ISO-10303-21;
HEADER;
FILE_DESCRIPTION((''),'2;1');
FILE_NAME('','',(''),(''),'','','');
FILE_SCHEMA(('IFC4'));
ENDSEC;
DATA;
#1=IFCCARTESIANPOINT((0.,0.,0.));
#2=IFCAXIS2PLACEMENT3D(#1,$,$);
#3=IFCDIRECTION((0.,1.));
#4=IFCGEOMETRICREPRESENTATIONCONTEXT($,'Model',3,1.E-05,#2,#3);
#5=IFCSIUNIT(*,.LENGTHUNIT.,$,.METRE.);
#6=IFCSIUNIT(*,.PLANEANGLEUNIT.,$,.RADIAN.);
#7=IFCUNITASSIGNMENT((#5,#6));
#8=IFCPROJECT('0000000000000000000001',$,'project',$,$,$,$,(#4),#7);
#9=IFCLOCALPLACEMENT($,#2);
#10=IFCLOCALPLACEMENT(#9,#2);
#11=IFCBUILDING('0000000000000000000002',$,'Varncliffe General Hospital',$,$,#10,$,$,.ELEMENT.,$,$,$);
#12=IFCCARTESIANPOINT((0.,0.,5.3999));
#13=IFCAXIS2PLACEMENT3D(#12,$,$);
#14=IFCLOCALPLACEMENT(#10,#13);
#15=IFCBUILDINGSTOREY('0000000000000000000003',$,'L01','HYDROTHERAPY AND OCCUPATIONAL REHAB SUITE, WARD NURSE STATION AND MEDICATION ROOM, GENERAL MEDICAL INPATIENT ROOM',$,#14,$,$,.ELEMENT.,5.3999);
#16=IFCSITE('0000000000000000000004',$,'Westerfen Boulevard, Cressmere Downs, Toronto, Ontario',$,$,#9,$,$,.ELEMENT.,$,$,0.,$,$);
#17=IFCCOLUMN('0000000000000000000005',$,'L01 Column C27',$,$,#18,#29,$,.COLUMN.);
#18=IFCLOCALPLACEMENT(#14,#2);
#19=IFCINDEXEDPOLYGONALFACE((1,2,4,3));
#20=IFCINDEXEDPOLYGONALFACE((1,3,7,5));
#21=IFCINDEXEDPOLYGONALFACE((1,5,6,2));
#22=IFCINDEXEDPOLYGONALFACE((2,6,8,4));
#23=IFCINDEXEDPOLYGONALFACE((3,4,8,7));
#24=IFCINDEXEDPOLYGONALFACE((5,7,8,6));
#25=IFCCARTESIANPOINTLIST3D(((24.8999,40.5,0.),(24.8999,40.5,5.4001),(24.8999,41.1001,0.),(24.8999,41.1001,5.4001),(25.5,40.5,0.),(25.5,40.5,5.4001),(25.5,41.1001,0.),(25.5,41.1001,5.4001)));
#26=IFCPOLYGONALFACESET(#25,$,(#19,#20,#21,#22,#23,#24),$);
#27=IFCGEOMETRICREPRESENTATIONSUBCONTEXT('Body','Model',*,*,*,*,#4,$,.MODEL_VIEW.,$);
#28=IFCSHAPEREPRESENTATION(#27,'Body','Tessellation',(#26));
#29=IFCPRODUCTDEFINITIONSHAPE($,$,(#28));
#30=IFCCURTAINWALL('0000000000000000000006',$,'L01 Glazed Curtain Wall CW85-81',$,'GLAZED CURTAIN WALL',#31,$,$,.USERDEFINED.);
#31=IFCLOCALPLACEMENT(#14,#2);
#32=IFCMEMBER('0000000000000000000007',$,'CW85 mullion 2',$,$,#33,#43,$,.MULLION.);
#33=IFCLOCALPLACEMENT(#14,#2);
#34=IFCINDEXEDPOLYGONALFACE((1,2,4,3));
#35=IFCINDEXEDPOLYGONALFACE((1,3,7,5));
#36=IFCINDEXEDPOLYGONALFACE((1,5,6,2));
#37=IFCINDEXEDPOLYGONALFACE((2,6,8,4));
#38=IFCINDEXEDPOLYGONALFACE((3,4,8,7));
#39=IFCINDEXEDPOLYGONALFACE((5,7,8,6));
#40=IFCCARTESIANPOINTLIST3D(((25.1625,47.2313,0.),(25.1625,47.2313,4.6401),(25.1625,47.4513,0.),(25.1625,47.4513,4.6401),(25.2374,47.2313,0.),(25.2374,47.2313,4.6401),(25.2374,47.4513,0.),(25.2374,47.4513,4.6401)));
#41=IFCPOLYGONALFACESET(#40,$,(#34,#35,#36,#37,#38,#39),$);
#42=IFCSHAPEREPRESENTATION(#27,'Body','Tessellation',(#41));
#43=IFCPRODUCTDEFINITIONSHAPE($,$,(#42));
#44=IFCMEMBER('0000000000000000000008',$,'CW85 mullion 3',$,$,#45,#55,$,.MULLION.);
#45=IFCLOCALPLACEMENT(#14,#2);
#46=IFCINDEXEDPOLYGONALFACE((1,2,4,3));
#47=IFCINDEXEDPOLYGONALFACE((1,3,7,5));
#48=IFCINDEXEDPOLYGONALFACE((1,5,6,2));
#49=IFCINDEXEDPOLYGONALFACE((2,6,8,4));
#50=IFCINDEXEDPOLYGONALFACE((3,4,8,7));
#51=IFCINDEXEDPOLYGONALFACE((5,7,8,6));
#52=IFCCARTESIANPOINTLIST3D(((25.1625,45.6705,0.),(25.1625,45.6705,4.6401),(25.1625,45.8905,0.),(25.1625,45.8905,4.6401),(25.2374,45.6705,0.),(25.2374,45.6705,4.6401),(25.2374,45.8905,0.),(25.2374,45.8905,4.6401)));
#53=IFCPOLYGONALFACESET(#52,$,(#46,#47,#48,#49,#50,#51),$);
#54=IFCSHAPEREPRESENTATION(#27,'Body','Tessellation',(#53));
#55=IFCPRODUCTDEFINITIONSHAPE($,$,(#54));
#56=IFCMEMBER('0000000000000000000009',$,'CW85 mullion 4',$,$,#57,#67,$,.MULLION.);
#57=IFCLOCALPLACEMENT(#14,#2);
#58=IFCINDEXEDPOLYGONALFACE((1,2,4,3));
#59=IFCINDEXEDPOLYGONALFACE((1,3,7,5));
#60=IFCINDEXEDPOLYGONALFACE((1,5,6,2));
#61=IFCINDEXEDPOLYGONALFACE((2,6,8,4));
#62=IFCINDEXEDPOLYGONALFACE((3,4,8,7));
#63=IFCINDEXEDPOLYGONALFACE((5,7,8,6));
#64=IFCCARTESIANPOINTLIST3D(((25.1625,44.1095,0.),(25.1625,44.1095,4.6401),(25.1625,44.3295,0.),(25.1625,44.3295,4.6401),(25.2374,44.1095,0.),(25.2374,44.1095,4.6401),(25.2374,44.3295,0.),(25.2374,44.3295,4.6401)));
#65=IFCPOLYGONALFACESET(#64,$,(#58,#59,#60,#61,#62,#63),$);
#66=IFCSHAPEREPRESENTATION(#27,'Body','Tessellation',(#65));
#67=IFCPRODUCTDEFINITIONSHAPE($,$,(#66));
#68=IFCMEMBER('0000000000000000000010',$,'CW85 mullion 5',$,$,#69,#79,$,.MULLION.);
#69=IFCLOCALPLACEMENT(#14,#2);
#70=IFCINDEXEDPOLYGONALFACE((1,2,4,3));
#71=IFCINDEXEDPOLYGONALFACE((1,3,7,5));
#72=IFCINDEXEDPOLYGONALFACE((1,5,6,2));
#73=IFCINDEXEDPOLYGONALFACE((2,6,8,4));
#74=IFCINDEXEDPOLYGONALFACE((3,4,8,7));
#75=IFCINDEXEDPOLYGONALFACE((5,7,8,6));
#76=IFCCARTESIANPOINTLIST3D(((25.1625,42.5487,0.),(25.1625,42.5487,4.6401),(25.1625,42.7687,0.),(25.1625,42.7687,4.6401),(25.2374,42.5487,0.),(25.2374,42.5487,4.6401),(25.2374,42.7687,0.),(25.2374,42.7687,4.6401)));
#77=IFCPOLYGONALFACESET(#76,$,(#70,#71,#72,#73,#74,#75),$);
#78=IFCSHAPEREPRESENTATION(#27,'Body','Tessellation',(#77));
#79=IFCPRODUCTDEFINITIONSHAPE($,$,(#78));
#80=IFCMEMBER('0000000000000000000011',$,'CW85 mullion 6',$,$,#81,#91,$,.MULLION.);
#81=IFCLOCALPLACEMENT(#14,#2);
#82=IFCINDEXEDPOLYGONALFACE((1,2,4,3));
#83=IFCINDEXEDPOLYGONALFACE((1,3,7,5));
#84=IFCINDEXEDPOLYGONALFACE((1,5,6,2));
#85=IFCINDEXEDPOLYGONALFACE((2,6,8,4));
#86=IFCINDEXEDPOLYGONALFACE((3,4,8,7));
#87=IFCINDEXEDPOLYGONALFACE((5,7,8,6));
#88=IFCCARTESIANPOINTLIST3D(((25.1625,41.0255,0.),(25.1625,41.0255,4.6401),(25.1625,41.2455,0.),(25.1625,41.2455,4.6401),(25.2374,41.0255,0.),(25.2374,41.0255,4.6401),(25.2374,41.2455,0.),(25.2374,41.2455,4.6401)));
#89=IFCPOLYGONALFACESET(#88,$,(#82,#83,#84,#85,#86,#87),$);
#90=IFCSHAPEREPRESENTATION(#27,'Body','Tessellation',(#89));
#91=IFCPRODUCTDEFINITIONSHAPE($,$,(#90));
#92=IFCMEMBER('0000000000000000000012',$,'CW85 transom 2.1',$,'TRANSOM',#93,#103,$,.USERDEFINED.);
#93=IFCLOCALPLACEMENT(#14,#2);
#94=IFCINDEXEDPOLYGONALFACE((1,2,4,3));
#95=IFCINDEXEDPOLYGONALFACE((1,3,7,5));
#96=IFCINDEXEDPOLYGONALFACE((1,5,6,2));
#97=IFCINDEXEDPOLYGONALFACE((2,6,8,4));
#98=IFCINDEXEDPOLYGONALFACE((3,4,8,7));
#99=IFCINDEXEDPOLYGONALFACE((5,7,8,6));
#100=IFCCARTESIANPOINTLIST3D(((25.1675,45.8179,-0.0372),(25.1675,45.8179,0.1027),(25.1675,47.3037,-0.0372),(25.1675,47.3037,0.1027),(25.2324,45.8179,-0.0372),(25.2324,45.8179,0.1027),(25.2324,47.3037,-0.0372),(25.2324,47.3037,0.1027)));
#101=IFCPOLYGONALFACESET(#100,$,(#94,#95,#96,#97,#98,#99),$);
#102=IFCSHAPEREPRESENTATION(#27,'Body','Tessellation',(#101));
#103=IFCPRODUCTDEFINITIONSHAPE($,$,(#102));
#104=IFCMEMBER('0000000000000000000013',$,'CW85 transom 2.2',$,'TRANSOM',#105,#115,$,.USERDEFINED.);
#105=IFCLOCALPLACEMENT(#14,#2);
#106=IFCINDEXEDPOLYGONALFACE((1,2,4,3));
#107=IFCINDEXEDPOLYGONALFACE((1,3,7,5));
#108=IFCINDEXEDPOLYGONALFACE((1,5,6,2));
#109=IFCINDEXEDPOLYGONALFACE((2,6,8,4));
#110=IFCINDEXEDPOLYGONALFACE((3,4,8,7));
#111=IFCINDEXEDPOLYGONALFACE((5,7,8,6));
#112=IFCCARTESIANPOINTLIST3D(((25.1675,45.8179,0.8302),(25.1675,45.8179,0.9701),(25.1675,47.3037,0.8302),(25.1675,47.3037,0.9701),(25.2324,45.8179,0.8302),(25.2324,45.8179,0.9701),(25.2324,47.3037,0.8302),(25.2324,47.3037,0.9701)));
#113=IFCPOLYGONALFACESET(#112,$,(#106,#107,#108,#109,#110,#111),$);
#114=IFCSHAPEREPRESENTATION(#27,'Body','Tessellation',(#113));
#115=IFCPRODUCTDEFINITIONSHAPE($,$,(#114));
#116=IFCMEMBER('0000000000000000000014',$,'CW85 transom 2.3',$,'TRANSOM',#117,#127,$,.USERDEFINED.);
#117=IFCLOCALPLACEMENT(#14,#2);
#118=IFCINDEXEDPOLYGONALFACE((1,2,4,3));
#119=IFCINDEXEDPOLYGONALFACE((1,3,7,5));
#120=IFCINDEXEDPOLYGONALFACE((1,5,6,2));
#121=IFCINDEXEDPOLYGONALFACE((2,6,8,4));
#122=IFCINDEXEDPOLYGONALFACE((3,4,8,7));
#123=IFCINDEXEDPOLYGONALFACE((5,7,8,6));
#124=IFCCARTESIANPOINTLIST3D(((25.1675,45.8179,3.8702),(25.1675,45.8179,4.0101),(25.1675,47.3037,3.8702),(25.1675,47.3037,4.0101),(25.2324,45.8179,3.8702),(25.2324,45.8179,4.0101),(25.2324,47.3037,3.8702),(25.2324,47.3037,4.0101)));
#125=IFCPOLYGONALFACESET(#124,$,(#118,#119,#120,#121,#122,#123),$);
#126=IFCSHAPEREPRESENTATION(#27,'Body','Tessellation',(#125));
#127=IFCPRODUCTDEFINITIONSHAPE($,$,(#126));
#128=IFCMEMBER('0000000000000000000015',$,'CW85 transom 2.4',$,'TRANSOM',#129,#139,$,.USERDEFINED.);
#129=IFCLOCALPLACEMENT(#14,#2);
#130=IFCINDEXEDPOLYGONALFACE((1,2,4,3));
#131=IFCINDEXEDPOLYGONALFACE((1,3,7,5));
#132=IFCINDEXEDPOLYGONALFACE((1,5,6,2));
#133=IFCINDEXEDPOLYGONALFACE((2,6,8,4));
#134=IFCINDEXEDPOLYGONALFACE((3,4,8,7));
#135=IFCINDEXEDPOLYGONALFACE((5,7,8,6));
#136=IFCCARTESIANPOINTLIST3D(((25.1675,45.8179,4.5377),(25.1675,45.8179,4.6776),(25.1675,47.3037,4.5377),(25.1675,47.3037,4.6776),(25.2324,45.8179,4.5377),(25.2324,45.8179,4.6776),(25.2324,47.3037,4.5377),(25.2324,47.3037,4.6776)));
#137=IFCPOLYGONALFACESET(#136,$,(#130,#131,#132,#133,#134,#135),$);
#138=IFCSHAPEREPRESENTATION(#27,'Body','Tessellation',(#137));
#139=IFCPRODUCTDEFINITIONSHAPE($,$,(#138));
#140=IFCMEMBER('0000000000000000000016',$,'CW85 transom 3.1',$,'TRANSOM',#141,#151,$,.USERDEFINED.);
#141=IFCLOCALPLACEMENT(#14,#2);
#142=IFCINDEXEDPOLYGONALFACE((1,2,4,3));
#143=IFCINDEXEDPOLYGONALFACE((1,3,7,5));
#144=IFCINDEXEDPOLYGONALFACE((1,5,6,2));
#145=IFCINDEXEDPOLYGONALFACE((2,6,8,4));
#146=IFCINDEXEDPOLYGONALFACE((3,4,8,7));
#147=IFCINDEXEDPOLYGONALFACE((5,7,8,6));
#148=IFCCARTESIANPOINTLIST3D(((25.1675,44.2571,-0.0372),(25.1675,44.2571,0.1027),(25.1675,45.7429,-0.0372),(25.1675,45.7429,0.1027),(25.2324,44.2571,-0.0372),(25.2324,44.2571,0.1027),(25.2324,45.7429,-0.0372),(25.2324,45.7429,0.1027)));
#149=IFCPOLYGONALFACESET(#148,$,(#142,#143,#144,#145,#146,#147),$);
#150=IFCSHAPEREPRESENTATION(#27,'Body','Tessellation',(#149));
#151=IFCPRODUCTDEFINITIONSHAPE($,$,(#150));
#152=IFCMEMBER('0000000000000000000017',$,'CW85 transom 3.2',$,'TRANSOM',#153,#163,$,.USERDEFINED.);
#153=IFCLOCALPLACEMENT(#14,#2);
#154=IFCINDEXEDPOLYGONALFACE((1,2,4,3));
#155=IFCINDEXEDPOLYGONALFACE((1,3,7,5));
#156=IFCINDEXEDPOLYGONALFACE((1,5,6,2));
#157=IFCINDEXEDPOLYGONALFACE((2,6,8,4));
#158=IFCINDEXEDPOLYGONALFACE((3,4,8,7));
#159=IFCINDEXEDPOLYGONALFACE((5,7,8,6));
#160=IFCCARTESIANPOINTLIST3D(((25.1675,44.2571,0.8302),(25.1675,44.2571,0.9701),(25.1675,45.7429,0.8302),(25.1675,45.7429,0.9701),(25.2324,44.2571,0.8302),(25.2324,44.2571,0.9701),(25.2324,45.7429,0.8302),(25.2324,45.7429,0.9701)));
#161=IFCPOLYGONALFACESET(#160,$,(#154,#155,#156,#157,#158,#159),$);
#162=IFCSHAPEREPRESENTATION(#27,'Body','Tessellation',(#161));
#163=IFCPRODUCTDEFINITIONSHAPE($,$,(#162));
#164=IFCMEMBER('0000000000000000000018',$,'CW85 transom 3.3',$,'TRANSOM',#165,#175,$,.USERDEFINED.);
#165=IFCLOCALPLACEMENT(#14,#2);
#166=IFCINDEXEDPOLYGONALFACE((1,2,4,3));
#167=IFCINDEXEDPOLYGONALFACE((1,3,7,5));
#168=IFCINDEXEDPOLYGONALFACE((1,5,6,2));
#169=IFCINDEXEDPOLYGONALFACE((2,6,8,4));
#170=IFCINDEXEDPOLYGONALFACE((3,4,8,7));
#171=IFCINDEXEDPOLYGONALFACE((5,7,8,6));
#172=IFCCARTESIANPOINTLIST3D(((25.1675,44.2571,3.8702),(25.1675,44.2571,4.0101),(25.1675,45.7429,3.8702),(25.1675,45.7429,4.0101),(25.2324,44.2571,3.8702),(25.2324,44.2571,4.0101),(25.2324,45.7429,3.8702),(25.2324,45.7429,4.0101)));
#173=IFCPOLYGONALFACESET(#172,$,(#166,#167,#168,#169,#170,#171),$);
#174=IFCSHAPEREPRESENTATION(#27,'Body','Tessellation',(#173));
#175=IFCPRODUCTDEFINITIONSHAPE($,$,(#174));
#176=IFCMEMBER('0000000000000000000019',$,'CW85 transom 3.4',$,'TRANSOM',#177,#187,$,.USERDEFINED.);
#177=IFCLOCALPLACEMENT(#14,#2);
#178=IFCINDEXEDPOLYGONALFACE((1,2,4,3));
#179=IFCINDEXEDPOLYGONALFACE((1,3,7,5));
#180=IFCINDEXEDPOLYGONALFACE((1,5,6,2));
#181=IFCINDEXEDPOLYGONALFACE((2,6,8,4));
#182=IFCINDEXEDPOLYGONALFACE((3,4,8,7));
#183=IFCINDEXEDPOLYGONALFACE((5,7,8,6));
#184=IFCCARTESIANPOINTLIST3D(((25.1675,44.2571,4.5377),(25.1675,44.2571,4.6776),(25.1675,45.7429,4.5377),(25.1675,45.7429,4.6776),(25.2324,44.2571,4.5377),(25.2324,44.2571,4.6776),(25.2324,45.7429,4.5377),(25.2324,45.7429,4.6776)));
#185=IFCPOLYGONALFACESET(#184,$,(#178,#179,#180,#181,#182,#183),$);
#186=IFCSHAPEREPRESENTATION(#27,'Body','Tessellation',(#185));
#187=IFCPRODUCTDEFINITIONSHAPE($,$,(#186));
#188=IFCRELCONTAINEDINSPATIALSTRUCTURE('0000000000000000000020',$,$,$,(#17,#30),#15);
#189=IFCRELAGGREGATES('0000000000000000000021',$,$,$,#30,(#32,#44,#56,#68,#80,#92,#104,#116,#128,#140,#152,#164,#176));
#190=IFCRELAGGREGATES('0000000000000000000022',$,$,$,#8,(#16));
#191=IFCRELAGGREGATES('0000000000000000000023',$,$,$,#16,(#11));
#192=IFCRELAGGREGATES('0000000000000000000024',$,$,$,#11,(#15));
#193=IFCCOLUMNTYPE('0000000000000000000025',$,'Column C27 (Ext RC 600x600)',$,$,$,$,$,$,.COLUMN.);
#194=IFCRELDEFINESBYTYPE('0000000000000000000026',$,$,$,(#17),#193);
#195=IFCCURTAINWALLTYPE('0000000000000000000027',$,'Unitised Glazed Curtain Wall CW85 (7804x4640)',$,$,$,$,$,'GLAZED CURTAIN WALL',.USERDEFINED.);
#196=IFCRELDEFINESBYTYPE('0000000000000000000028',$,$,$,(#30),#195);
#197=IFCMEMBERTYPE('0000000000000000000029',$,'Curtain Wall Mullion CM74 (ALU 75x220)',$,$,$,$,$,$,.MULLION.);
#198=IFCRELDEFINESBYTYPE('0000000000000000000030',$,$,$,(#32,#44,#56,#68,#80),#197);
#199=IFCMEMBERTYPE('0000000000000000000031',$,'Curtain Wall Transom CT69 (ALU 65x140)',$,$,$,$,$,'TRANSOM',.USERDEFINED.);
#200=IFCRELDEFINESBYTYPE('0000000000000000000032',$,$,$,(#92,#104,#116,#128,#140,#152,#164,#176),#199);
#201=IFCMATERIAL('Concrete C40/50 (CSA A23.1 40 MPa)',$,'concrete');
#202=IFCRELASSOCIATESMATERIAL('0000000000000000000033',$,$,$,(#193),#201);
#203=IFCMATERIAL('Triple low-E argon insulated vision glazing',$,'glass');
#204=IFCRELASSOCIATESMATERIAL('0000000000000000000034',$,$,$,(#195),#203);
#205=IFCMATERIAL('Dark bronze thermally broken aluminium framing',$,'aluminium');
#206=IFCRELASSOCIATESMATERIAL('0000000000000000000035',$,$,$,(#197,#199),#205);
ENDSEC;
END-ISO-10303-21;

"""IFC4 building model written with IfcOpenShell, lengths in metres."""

from ifc_helpers import new_model, si_unit, direction, frame, origin, origin_2d, place, context, subcontext, project, spatial, rectangle, extrude, material, material_profile, profile_set, type_object, element, aggregate, save


model = new_model("IFC4")

# Units and contexts
model_context = context("Model", 3, precision=1e-05, world=origin(), true_north=direction((0.0, 1.0)))
body_context = subcontext(model_context, "Body", "Model", "MODEL_VIEW")
ifc_project = project(units=[si_unit("LENGTHUNIT", "METRE"), si_unit("PLANEANGLEUNIT", "RADIAN")], contexts=[model_context])

# Site, building, storey
site_placement = place(None, origin())
site = spatial("IfcSite", under=ifc_project, at=site_placement, Name="Westerfen Boulevard, Cressmere Downs, Toronto, Ontario", CompositionType="ELEMENT", RefElevation=0.0)
building_placement = place(site_placement, origin())
building = spatial("IfcBuilding", under=site, at=building_placement, Name="Varncliffe General Hospital", CompositionType="ELEMENT")
storey_placement = place(building_placement, frame((0.0, 0.0, 5.3999)))
storey = spatial("IfcBuildingStorey", under=building, at=storey_placement, Name="L01", Description="HYDROTHERAPY AND OCCUPATIONAL REHAB SUITE, WARD NURSE STATION AND MEDICATION ROOM, GENERAL MEDICAL INPATIENT ROOM", CompositionType="ELEMENT", Elevation=5.3999)

# Column
ifc_material_1 = material(Name="Concrete C40/50 (CSA A23.1 40 MPa)", Category="concrete")
ifc_material_profile_1 = material_profile(ifc_material_1, rectangle(XDim=0.6001, YDim=0.6001, at=origin_2d()), Name="RC 600x600")
ifc_profile_set_1 = profile_set([ifc_material_profile_1], Name="Concrete C40/50 (CSA A23.1 40 MPa)")
column_type = type_object("IfcColumnType", Name="Column C27 (Ext RC 600x600)", PredefinedType="COLUMN", material=ifc_profile_set_1)
column_placement = place(storey_placement, frame((25.2, 40.8, 0.0), z_axis=(0.0, 0.0, 1.0), x_axis=(1.0, 0.0, 0.0)))
element("IfcColumn", 1, at=column_placement, inside=storey, type_object=column_type, Name="L01 Column C27", PredefinedType="COLUMN", context=body_context, shape_type="SweptSolid", body=[
    extrude(rectangle(XDim=0.6001, YDim=0.6001, at=origin_2d()), origin(), (0.0, 0.0, 1.0), 5.4001),
])

# Curtain wall, members
ifc_material_2 = material(Name="Triple low-E argon insulated vision glazing", Category="glass")
curtain_wall_type = type_object("IfcCurtainWallType", Name="Unitised Glazed Curtain Wall CW85 (7804x4640)", ElementType="GLAZED CURTAIN WALL", PredefinedType="USERDEFINED", material=ifc_material_2)
curtain_wall_placement = place(storey_placement, origin())
curtain_wall = element("IfcCurtainWall", 2, at=curtain_wall_placement, inside=storey, type_object=curtain_wall_type, Name="L01 Glazed Curtain Wall CW85-81", ObjectType="GLAZED CURTAIN WALL", PredefinedType="USERDEFINED")
ifc_material_3 = material(Name="Dark bronze thermally broken aluminium framing", Category="aluminium")
ifc_material_profile_2 = material_profile(ifc_material_3, rectangle(XDim=0.075, YDim=0.22, at=origin_2d()), Name="ALU 75x220")
ifc_profile_set_2 = profile_set([ifc_material_profile_2], Name="Dark bronze thermally broken aluminium framing")
member_type_1 = type_object("IfcMemberType", Name="Curtain Wall Mullion CM74 (ALU 75x220)", PredefinedType="MULLION", material=ifc_profile_set_2)
member_1_placement = place(storey_placement, frame((25.2, 47.3413, 0.0), z_axis=(0.0, 0.0, 1.0), x_axis=(1.0, 0.0, 0.0)))
member_1 = element("IfcMember", 3, at=member_1_placement, type_object=member_type_1, Name="CW85 mullion 2", PredefinedType="MULLION", context=body_context, shape_type="SweptSolid", body=[
    extrude(rectangle(XDim=0.075, YDim=0.22, at=origin_2d()), origin(), (0.0, 0.0, 1.0), 4.6401),
])
member_2_placement = place(storey_placement, frame((25.2, 45.7805, 0.0), z_axis=(0.0, 0.0, 1.0), x_axis=(1.0, 0.0, 0.0)))
member_2 = element("IfcMember", 4, at=member_2_placement, type_object=member_type_1, Name="CW85 mullion 3", PredefinedType="MULLION", context=body_context, shape_type="SweptSolid", body=[
    extrude(rectangle(XDim=0.075, YDim=0.22, at=origin_2d()), origin(), (0.0, 0.0, 1.0), 4.6401),
])
member_3_placement = place(storey_placement, frame((25.2, 44.2195, 0.0), z_axis=(0.0, 0.0, 1.0), x_axis=(1.0, 0.0, 0.0)))
member_3 = element("IfcMember", 5, at=member_3_placement, type_object=member_type_1, Name="CW85 mullion 4", PredefinedType="MULLION", context=body_context, shape_type="SweptSolid", body=[
    extrude(rectangle(XDim=0.075, YDim=0.22, at=origin_2d()), origin(), (0.0, 0.0, 1.0), 4.6401),
])
member_4_placement = place(storey_placement, frame((25.2, 42.6587, 0.0), z_axis=(0.0, 0.0, 1.0), x_axis=(1.0, 0.0, 0.0)))
member_4 = element("IfcMember", 6, at=member_4_placement, type_object=member_type_1, Name="CW85 mullion 5", PredefinedType="MULLION", context=body_context, shape_type="SweptSolid", body=[
    extrude(rectangle(XDim=0.075, YDim=0.22, at=origin_2d()), origin(), (0.0, 0.0, 1.0), 4.6401),
])
member_5_placement = place(storey_placement, frame((25.2, 41.1355, 0.0), z_axis=(0.0, 0.0, 1.0), x_axis=(1.0, 0.0, 0.0)))
member_5 = element("IfcMember", 7, at=member_5_placement, type_object=member_type_1, Name="CW85 mullion 6", PredefinedType="MULLION", context=body_context, shape_type="SweptSolid", body=[
    extrude(rectangle(XDim=0.075, YDim=0.22, at=origin_2d()), origin(), (0.0, 0.0, 1.0), 4.6401),
])
ifc_material_profile_3 = material_profile(ifc_material_3, rectangle(XDim=0.0649, YDim=0.1399, at=origin_2d()), Name="ALU 65x140")
ifc_profile_set_3 = profile_set([ifc_material_profile_3], Name="Dark bronze thermally broken aluminium framing")
member_type_2 = type_object("IfcMemberType", Name="Curtain Wall Transom CT69 (ALU 65x140)", ElementType="TRANSOM", PredefinedType="USERDEFINED", material=ifc_profile_set_3)
member_6_placement = place(storey_placement, frame((25.2, 47.3037, 0.0327), z_axis=(0.0, -1.0, 0.0), x_axis=(1.0, 0.0, 0.0)))
member_6 = element("IfcMember", 8, at=member_6_placement, type_object=member_type_2, Name="CW85 transom 2.1", ObjectType="TRANSOM", PredefinedType="USERDEFINED", context=body_context, shape_type="SweptSolid", body=[
    extrude(rectangle(XDim=0.0649, YDim=0.1399, at=origin_2d()), origin(), (0.0, 0.0, 1.0), 1.4858),
])
member_7_placement = place(storey_placement, frame((25.2, 47.3037, 0.9001), z_axis=(0.0, -1.0, 0.0), x_axis=(1.0, 0.0, 0.0)))
member_7 = element("IfcMember", 9, at=member_7_placement, type_object=member_type_2, Name="CW85 transom 2.2", ObjectType="TRANSOM", PredefinedType="USERDEFINED", context=body_context, shape_type="SweptSolid", body=[
    extrude(rectangle(XDim=0.0649, YDim=0.1399, at=origin_2d()), origin(), (0.0, 0.0, 1.0), 1.4858),
])
member_8_placement = place(storey_placement, frame((25.2, 47.3037, 3.9402), z_axis=(0.0, -1.0, 0.0), x_axis=(1.0, 0.0, 0.0)))
member_8 = element("IfcMember", 10, at=member_8_placement, type_object=member_type_2, Name="CW85 transom 2.3", ObjectType="TRANSOM", PredefinedType="USERDEFINED", context=body_context, shape_type="SweptSolid", body=[
    extrude(rectangle(XDim=0.0649, YDim=0.1399, at=origin_2d()), origin(), (0.0, 0.0, 1.0), 1.4858),
])
member_9_placement = place(storey_placement, frame((25.2, 47.3037, 4.6077), z_axis=(0.0, -1.0, 0.0), x_axis=(1.0, 0.0, 0.0)))
member_9 = element("IfcMember", 11, at=member_9_placement, type_object=member_type_2, Name="CW85 transom 2.4", ObjectType="TRANSOM", PredefinedType="USERDEFINED", context=body_context, shape_type="SweptSolid", body=[
    extrude(rectangle(XDim=0.0649, YDim=0.1399, at=origin_2d()), origin(), (0.0, 0.0, 1.0), 1.4858),
])
member_10_placement = place(storey_placement, frame((25.2, 45.7429, 0.0327), z_axis=(0.0, -1.0, 0.0), x_axis=(1.0, 0.0, 0.0)))
member_10 = element("IfcMember", 12, at=member_10_placement, type_object=member_type_2, Name="CW85 transom 3.1", ObjectType="TRANSOM", PredefinedType="USERDEFINED", context=body_context, shape_type="SweptSolid", body=[
    extrude(rectangle(XDim=0.0649, YDim=0.1399, at=origin_2d()), origin(), (0.0, 0.0, 1.0), 1.4858),
])
member_11_placement = place(storey_placement, frame((25.2, 45.7429, 0.9001), z_axis=(0.0, -1.0, 0.0), x_axis=(1.0, 0.0, 0.0)))
member_11 = element("IfcMember", 13, at=member_11_placement, type_object=member_type_2, Name="CW85 transom 3.2", ObjectType="TRANSOM", PredefinedType="USERDEFINED", context=body_context, shape_type="SweptSolid", body=[
    extrude(rectangle(XDim=0.0649, YDim=0.1399, at=origin_2d()), origin(), (0.0, 0.0, 1.0), 1.4858),
])
member_12_placement = place(storey_placement, frame((25.2, 45.7429, 3.9402), z_axis=(0.0, -1.0, 0.0), x_axis=(1.0, 0.0, 0.0)))
member_12 = element("IfcMember", 14, at=member_12_placement, type_object=member_type_2, Name="CW85 transom 3.3", ObjectType="TRANSOM", PredefinedType="USERDEFINED", context=body_context, shape_type="SweptSolid", body=[
    extrude(rectangle(XDim=0.0649, YDim=0.1399, at=origin_2d()), origin(), (0.0, 0.0, 1.0), 1.4858),
])
member_13_placement = place(storey_placement, frame((25.2, 45.7429, 4.6077), z_axis=(0.0, -1.0, 0.0), x_axis=(1.0, 0.0, 0.0)))
member_13 = element("IfcMember", 15, at=member_13_placement, type_object=member_type_2, Name="CW85 transom 3.4", ObjectType="TRANSOM", PredefinedType="USERDEFINED", context=body_context, shape_type="SweptSolid", body=[
    extrude(rectangle(XDim=0.0649, YDim=0.1399, at=origin_2d()), origin(), (0.0, 0.0, 1.0), 1.4858),
])

aggregate(curtain_wall, [member_1, member_2, member_3, member_4, member_5, member_6, member_7, member_8, member_9, member_10, member_11, member_12, member_13])

save(model, "model.ifc")
